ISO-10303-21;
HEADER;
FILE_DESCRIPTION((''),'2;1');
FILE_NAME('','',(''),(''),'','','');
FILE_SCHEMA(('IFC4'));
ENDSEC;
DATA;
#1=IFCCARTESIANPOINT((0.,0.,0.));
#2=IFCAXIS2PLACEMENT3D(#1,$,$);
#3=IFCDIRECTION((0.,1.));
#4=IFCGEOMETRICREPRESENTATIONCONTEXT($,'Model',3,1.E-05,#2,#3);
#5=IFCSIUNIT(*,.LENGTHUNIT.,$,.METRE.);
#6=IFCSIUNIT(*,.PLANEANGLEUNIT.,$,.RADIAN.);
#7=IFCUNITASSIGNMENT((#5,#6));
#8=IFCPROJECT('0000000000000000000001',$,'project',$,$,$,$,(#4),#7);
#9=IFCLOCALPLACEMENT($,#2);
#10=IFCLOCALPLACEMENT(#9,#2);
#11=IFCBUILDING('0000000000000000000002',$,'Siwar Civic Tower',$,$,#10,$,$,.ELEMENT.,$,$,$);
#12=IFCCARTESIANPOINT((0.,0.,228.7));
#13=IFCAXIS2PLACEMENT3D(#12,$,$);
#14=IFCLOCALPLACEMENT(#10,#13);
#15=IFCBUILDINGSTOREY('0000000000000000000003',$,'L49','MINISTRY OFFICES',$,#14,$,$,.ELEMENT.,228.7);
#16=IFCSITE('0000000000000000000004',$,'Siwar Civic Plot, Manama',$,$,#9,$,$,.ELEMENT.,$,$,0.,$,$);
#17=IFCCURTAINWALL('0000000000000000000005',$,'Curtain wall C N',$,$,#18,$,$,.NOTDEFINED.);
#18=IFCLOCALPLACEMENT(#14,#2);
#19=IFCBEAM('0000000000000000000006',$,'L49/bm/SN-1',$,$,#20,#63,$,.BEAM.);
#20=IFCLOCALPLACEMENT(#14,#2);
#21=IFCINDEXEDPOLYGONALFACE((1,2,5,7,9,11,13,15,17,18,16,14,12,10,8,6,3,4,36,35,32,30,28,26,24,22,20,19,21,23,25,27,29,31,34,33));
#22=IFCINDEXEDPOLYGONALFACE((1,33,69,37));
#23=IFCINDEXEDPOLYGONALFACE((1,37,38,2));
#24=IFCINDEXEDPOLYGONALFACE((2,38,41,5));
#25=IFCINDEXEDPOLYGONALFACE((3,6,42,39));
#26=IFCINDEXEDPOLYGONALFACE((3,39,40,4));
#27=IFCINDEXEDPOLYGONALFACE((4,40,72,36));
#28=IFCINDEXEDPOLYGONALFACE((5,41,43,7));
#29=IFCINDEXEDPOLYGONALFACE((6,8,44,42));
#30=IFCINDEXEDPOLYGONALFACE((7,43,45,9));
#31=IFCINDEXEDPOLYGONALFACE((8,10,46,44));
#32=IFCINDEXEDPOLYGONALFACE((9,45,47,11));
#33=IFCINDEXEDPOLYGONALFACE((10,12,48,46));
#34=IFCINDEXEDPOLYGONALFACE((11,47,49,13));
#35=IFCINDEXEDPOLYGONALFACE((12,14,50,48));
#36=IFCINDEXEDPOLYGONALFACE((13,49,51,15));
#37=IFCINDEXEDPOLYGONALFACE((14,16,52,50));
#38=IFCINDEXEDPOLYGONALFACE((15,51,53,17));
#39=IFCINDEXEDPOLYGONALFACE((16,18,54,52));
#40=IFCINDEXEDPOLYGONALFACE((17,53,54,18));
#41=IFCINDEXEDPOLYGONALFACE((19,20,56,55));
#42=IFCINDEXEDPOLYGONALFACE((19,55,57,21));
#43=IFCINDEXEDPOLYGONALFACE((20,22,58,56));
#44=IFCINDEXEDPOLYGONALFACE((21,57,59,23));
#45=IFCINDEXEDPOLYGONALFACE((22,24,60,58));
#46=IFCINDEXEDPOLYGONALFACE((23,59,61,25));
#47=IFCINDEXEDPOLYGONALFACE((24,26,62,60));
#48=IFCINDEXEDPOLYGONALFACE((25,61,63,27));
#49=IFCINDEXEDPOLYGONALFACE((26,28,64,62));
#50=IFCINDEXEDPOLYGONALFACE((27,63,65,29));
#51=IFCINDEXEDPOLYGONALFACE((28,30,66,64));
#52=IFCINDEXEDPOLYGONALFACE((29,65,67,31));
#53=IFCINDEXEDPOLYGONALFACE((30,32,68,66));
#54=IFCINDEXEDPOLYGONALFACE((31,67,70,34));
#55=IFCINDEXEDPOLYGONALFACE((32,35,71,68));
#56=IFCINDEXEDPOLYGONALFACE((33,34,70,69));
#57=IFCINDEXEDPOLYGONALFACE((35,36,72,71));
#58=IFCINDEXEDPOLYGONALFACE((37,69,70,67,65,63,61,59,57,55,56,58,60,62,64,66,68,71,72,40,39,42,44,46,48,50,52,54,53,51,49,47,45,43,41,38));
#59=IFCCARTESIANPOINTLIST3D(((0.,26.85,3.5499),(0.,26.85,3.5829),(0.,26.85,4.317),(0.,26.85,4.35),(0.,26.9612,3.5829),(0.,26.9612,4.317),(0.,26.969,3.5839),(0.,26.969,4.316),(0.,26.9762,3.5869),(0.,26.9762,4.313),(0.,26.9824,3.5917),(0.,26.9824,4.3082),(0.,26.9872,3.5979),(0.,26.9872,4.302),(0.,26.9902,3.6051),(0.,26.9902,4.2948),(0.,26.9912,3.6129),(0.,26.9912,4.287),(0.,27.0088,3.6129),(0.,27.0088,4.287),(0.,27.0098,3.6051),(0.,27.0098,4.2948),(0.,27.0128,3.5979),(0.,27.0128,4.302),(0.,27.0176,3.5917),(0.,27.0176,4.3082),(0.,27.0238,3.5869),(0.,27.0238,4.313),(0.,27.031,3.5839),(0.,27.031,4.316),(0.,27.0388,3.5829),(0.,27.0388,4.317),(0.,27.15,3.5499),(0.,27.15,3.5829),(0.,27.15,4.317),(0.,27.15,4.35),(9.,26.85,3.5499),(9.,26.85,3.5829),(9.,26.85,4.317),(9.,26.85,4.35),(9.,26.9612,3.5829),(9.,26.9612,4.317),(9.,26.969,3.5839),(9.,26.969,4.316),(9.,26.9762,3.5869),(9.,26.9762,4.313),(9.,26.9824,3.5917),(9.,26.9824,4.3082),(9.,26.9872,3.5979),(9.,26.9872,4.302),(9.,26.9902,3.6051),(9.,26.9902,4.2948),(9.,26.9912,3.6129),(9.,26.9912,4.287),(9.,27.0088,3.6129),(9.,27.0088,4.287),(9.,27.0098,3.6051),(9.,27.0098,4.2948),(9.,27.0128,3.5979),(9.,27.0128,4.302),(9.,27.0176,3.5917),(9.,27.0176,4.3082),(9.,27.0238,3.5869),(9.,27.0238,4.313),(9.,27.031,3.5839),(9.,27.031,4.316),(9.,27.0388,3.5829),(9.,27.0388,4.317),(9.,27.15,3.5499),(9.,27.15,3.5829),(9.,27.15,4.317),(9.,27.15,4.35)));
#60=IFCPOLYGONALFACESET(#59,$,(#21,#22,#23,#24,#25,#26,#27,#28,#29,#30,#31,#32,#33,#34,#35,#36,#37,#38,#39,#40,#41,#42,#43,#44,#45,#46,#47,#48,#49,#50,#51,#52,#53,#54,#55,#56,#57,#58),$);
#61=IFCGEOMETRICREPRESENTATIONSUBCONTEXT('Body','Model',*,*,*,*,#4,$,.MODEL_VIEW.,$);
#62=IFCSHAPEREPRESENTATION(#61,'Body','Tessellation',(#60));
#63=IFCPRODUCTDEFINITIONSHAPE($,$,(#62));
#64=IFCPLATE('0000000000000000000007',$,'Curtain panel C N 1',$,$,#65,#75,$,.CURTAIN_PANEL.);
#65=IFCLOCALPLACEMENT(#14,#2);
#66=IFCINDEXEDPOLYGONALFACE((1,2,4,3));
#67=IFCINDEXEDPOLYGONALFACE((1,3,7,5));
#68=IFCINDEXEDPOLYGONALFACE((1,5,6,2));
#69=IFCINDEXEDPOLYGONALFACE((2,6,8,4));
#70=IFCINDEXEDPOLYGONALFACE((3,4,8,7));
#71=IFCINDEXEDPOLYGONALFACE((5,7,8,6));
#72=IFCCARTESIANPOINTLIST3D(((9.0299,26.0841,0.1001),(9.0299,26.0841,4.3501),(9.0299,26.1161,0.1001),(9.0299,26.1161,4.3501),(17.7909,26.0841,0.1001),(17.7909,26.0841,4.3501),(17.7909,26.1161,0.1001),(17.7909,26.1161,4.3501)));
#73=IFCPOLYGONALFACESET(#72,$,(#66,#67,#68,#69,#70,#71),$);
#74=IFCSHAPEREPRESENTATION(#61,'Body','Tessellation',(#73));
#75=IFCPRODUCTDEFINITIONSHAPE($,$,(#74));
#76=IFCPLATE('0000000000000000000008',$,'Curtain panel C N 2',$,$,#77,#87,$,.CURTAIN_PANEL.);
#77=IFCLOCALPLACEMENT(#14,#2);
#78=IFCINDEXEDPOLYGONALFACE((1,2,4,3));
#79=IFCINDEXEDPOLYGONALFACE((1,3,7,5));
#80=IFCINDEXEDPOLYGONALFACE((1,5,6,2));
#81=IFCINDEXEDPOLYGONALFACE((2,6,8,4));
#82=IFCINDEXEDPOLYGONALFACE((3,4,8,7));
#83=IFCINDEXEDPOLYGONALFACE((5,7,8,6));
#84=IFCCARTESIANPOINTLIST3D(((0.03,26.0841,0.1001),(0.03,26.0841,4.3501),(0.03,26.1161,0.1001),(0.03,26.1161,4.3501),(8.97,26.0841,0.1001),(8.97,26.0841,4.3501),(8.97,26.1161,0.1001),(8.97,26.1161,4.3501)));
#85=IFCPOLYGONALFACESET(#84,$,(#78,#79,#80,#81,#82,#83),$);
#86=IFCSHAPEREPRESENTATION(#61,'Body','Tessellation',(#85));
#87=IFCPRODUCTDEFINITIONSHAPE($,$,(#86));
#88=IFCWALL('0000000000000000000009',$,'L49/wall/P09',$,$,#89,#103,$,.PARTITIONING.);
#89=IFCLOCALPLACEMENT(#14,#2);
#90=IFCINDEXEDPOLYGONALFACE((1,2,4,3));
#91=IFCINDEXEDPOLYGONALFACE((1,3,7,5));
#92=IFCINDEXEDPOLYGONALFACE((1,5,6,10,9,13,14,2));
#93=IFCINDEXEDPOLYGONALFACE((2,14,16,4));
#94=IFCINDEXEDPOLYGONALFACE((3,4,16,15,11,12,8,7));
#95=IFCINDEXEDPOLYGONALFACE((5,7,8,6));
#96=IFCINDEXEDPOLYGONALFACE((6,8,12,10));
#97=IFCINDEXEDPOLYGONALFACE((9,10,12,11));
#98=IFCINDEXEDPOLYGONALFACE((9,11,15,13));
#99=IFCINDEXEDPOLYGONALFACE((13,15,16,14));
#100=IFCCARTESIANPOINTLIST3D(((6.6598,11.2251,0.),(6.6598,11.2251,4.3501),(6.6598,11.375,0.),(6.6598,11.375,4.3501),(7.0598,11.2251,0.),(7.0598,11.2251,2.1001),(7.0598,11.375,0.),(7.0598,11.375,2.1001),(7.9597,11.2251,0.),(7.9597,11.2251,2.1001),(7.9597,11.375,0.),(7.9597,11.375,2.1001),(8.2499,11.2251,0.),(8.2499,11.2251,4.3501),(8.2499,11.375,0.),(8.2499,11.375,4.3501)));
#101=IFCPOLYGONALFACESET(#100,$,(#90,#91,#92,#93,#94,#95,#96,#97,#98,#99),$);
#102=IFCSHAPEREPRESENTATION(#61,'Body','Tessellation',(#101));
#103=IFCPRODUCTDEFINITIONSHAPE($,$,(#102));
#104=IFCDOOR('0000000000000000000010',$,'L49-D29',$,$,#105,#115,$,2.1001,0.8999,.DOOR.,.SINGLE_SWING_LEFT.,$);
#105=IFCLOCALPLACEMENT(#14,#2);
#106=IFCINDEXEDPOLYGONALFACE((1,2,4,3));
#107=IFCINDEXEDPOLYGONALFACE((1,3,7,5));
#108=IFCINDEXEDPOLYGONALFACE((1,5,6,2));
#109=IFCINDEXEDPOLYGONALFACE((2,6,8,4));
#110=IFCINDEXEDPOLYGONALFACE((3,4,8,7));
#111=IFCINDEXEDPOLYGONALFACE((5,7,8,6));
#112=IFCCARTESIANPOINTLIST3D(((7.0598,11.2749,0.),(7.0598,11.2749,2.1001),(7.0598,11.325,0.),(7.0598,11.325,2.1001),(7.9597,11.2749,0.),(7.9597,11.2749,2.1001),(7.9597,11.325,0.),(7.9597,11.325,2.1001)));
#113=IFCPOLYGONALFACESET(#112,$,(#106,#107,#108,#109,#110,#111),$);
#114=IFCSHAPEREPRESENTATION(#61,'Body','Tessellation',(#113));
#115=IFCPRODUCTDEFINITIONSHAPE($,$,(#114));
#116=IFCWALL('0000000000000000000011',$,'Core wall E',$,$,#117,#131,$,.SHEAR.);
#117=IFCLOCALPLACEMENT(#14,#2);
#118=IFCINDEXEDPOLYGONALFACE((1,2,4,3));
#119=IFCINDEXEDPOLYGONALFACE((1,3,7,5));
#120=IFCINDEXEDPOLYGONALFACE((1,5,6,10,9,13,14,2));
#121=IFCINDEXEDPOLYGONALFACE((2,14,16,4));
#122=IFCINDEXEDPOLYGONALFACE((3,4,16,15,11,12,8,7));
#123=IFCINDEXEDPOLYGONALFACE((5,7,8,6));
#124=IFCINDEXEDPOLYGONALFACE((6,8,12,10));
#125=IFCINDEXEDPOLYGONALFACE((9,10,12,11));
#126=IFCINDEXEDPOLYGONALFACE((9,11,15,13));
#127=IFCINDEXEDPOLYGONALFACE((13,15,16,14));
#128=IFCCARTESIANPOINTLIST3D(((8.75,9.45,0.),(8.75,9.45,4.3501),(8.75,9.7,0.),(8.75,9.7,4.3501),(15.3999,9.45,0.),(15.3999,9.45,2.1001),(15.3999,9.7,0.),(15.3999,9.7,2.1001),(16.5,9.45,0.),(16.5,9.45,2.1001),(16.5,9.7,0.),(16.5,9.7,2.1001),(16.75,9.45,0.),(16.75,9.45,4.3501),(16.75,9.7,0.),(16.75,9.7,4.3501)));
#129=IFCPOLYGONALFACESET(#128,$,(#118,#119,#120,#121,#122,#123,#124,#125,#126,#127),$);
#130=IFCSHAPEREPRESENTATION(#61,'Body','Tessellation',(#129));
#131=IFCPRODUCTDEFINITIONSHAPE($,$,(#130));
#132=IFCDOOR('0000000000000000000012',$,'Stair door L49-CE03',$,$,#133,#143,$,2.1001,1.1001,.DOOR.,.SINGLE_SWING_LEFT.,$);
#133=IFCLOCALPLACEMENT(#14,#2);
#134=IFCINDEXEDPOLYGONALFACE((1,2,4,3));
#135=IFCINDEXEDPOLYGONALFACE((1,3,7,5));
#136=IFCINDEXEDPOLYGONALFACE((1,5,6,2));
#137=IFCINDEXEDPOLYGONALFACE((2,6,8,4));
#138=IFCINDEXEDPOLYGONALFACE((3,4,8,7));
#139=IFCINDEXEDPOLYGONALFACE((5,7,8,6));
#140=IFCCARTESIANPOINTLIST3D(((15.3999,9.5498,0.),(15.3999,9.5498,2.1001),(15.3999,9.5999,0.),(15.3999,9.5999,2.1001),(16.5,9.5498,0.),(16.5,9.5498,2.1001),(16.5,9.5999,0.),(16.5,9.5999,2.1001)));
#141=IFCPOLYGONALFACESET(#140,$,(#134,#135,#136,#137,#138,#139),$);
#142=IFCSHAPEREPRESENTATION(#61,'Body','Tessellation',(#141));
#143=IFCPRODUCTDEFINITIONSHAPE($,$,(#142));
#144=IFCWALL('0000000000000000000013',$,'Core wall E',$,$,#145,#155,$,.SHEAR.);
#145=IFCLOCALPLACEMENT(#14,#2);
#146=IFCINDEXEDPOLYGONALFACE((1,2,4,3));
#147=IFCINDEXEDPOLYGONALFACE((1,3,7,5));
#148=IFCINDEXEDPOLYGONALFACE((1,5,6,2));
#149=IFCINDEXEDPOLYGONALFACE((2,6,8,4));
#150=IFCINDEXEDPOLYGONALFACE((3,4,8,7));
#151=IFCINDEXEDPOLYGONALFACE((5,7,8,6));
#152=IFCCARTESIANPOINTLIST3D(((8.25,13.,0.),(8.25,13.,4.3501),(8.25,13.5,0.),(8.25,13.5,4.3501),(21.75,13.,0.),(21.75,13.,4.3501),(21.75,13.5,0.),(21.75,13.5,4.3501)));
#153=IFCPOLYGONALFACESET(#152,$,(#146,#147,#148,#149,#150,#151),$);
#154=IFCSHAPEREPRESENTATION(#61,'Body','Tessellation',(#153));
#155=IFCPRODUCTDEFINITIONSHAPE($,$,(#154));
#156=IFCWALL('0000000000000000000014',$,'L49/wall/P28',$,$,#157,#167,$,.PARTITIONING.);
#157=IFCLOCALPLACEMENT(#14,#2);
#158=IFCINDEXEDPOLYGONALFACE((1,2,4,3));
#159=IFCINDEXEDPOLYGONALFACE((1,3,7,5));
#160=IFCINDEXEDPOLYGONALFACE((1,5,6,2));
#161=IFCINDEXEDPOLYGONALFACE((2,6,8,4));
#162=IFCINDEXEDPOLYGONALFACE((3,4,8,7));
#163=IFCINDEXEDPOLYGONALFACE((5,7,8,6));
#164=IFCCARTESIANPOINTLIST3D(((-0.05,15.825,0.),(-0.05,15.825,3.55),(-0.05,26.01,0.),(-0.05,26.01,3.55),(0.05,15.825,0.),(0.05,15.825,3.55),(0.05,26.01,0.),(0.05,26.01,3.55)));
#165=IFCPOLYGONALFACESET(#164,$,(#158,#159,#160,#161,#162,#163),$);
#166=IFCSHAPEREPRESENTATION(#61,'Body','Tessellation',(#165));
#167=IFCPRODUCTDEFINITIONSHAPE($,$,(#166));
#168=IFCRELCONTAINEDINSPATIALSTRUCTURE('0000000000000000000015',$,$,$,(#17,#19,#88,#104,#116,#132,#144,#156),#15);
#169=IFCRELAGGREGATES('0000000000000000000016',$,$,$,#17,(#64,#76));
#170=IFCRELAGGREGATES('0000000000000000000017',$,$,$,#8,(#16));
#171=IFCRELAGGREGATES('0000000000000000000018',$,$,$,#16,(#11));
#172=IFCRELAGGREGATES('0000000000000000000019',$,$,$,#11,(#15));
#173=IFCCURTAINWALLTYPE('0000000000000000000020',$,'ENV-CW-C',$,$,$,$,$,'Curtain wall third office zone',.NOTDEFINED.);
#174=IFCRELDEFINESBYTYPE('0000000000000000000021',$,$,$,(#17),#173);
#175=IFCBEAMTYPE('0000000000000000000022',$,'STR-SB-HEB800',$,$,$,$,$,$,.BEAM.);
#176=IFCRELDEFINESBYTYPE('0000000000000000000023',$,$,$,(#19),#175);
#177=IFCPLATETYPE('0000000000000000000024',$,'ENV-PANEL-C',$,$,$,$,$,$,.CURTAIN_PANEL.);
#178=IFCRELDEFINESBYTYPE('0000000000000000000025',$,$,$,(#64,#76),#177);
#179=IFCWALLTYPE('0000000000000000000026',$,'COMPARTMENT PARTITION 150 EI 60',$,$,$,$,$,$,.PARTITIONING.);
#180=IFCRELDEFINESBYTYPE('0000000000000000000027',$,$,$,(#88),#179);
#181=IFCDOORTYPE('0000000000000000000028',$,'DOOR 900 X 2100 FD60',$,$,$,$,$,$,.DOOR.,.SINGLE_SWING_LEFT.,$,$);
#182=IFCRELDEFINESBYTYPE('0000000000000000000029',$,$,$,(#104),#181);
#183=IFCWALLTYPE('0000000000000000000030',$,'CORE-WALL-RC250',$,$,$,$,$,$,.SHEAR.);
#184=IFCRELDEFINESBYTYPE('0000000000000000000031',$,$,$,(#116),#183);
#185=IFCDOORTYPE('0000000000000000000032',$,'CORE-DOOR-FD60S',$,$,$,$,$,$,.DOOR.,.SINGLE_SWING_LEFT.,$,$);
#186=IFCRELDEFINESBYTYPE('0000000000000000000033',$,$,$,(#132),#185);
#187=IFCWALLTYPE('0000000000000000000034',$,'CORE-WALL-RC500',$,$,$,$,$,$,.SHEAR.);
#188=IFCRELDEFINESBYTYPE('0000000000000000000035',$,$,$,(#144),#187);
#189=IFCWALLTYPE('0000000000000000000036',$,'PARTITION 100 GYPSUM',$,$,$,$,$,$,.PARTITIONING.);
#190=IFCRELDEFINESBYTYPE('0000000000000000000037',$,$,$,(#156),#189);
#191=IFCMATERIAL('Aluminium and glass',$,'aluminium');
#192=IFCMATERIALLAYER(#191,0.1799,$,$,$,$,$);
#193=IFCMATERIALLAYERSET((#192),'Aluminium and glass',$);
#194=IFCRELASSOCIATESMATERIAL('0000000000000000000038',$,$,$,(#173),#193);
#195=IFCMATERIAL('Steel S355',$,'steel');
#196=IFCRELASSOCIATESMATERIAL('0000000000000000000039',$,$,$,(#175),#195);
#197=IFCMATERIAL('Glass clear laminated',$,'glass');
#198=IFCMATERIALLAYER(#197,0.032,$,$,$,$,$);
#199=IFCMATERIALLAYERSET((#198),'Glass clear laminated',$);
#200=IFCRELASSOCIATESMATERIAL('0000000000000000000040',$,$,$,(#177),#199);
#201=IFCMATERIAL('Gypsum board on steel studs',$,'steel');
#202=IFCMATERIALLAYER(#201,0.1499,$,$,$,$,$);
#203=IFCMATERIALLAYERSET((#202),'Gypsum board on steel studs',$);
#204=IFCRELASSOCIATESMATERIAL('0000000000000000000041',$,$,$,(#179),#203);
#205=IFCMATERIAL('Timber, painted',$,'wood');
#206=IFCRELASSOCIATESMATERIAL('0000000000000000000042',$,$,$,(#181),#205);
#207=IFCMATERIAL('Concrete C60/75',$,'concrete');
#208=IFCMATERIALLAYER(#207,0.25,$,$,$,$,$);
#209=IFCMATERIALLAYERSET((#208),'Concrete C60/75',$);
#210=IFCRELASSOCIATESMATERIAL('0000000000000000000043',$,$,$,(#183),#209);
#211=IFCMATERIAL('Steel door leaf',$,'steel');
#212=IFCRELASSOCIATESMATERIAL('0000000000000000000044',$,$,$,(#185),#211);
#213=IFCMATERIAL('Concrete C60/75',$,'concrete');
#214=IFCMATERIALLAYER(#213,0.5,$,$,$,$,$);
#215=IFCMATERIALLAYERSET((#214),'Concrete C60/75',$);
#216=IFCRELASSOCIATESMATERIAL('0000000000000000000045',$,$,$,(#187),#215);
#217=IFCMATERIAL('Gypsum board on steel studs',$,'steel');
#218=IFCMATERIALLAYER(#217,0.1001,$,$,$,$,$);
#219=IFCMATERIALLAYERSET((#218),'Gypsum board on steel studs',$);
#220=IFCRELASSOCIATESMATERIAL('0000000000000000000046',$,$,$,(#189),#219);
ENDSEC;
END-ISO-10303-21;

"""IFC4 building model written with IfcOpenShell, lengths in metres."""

from ifc_helpers import new_model, si_unit, direction, frame, frame_2d, origin, origin_2d, place, context, subcontext, project, spatial, rectangle, i_section, extrude, material, layer, layer_set, material_profile, profile_set, type_object, element, fill, aggregate, save


model = new_model("IFC4")

# Units and contexts
model_context = context("Model", 3, precision=1e-05, world=origin(), true_north=direction((0.0, 1.0)))
body_context = subcontext(model_context, "Body", "Model", "MODEL_VIEW")
ifc_project = project(units=[si_unit("LENGTHUNIT", "METRE"), si_unit("PLANEANGLEUNIT", "RADIAN")], contexts=[model_context])

# Site, building, storey
site_placement = place(None, origin())
site = spatial("IfcSite", under=ifc_project, at=site_placement, Name="Siwar Civic Plot, Manama", CompositionType="ELEMENT", RefElevation=0.0)
building_placement = place(site_placement, origin())
building = spatial("IfcBuilding", under=site, at=building_placement, Name="Siwar Civic Tower", CompositionType="ELEMENT")
storey_placement = place(building_placement, frame((0.0, 0.0, 228.7)))
storey = spatial("IfcBuildingStorey", under=building, at=storey_placement, Name="L49", Description="MINISTRY OFFICES", CompositionType="ELEMENT", Elevation=228.7)

# Curtain wall
ifc_material_1 = material(Name="Aluminium and glass", Category="aluminium")
ifc_layer_1 = layer(ifc_material_1, 0.1799)
ifc_layer_set_1 = layer_set([ifc_layer_1], Name="Aluminium and glass")
curtain_wall_type = type_object("IfcCurtainWallType", Name="ENV-CW-C", ElementType="Curtain wall third office zone", PredefinedType="NOTDEFINED", material=ifc_layer_set_1)
curtain_wall_placement = place(storey_placement, origin())
curtain_wall = element("IfcCurtainWall", 1, at=curtain_wall_placement, inside=storey, type_object=curtain_wall_type, Name="Curtain wall C N", PredefinedType="NOTDEFINED")

# Beam
ifc_material_2 = material(Name="Steel S355", Category="steel")
ifc_material_profile_1 = material_profile(ifc_material_2, i_section(OverallWidth=0.3, OverallDepth=0.8, WebThickness=0.0176, FlangeThickness=0.033, FilletRadius=0.03, at=origin_2d()), Name="HEB800")
ifc_profile_set_1 = profile_set([ifc_material_profile_1], Name="Steel S355")
beam_type_1 = type_object("IfcBeamType", Name="STR-SB-HEB800", PredefinedType="BEAM", material=ifc_profile_set_1)
beam_1_placement = place(storey_placement, frame((9.0, 27.0, 3.95), z_axis=(-1.0, 0.0, 0.0), x_axis=(0.0, -1.0, 0.0)))
element("IfcBeam", 2, at=beam_1_placement, inside=storey, type_object=beam_type_1, Name="L49/bm/SN-1", PredefinedType="BEAM", context=body_context, shape_type="SweptSolid", body=[
    extrude(i_section(OverallWidth=0.3, OverallDepth=0.8, WebThickness=0.0176, FlangeThickness=0.033, FilletRadius=0.03, at=origin_2d()), origin(), (0.0, 0.0, 1.0), 9.0),
])

# Plates
ifc_material_3 = material(Name="Glass clear laminated", Category="glass")
ifc_layer_2 = layer(ifc_material_3, 0.032)
ifc_layer_set_2 = layer_set([ifc_layer_2], Name="Glass clear laminated")
plate_type = type_object("IfcPlateType", Name="ENV-PANEL-C", PredefinedType="CURTAIN_PANEL", material=ifc_layer_set_2)
plate_1_placement = place(storey_placement, frame((13.4104, 26.1001, 0.1001), z_axis=(0.0, 0.0, 1.0), x_axis=(-1.0, 0.0, 0.0)))
plate_1 = element("IfcPlate", 3, at=plate_1_placement, type_object=plate_type, Name="Curtain panel C N 1", PredefinedType="CURTAIN_PANEL", context=body_context, shape_type="SweptSolid", body=[
    extrude(rectangle(XDim=8.761, YDim=0.032, at=origin_2d()), origin(), (0.0, 0.0, 1.0), 4.25),
])
plate_2_placement = place(storey_placement, frame((4.5, 26.1001, 0.1001), z_axis=(0.0, 0.0, 1.0), x_axis=(-1.0, 0.0, 0.0)))
plate_2 = element("IfcPlate", 4, at=plate_2_placement, type_object=plate_type, Name="Curtain panel C N 2", PredefinedType="CURTAIN_PANEL", context=body_context, shape_type="SweptSolid", body=[
    extrude(rectangle(XDim=8.9399, YDim=0.032, at=origin_2d()), origin(), (0.0, 0.0, 1.0), 4.25),
])
aggregate(curtain_wall, [plate_1, plate_2])

# Walls, openings, doors
ifc_material_4 = material(Name="Gypsum board on steel studs", Category="steel")
ifc_layer_3 = layer(ifc_material_4, 0.1499)
ifc_layer_set_3 = layer_set([ifc_layer_3], Name="Gypsum board on steel studs")
wall_type_1 = type_object("IfcWallType", Name="COMPARTMENT PARTITION 150 EI 60", PredefinedType="PARTITIONING", material=ifc_layer_set_3)
wall_1_placement = place(storey_placement, frame((6.6599, 11.3, 0.0), z_axis=(0.0, 0.0, 1.0), x_axis=(1.0, 0.0, 0.0)))
wall_1 = element("IfcWall", 5, at=wall_1_placement, inside=storey, type_object=wall_type_1, Name="L49/wall/P09", PredefinedType="PARTITIONING", context=body_context, shape_type="SweptSolid", body=[
    extrude(rectangle(XDim=1.5901, YDim=0.1499, at=frame_2d((0.7949, 0.0))), origin(), (0.0, 0.0, 1.0), 4.3501),
])
opening_1_placement = place(wall_1_placement, frame((0.3999, 0.0, 0.0)))
opening_1 = element("IfcOpeningElement", 6, at=opening_1_placement, cuts=wall_1, PredefinedType="OPENING", context=body_context, shape_type="SweptSolid", body=[
    extrude(rectangle(XDim=0.8999, YDim=2.1001, at=frame_2d((0.45, 1.05))), frame((0.0, 0.085, 0.0), z_axis=(0.0, -1.0, 0.0), x_axis=(1.0, 0.0, 0.0)), (0.0, 0.0, 1.0), 0.1699),
])
ifc_material_5 = material(Name="Timber, painted", Category="wood")
door_type_1 = type_object("IfcDoorType", Name="DOOR 900 X 2100 FD60", OperationType="SINGLE_SWING_LEFT", PredefinedType="DOOR", material=ifc_material_5)
door_1_placement = place(opening_1_placement, origin())
door_1 = element("IfcDoor", 7, at=door_1_placement, inside=storey, type_object=door_type_1, Name="L49-D29", OperationType="SINGLE_SWING_LEFT", OverallHeight=2.1001, OverallWidth=0.8999, PredefinedType="DOOR", context=body_context, shape_type="SweptSolid", body=[
    extrude(rectangle(XDim=0.8999, YDim=2.1001, at=frame_2d((0.45, 1.05))), frame((0.0, 0.0249, 0.0), z_axis=(0.0, -1.0, 0.0), x_axis=(1.0, 0.0, 0.0)), (0.0, 0.0, 1.0), 0.05),
])
fill(opening_1, door_1)
ifc_material_6 = material(Name="Concrete C60/75", Category="concrete")
ifc_layer_4 = layer(ifc_material_6, 0.25)
ifc_layer_set_4 = layer_set([ifc_layer_4], Name="Concrete C60/75")
wall_type_2 = type_object("IfcWallType", Name="CORE-WALL-RC250", PredefinedType="SHEAR", material=ifc_layer_set_4)
wall_2_placement = place(storey_placement, frame((8.75, 9.575, 0.0), z_axis=(0.0, 0.0, 1.0), x_axis=(1.0, 0.0, 0.0)))
wall_2 = element("IfcWall", 8, at=wall_2_placement, inside=storey, type_object=wall_type_2, Name="Core wall E", PredefinedType="SHEAR", context=body_context, shape_type="SweptSolid", body=[
    extrude(rectangle(XDim=8.0, YDim=0.25, at=frame_2d((4.0, 0.0))), origin(), (0.0, 0.0, 1.0), 4.3501),
])
opening_2_placement = place(wall_2_placement, frame((6.6499, 0.0, 0.0)))
opening_2 = element("IfcOpeningElement", 9, at=opening_2_placement, cuts=wall_2, PredefinedType="OPENING", context=body_context, shape_type="SweptSolid", body=[
    extrude(rectangle(XDim=1.1001, YDim=2.1001, at=frame_2d((0.55, 1.05))), frame((0.0, 0.135, 0.0), z_axis=(0.0, -1.0, 0.0), x_axis=(1.0, 0.0, 0.0)), (0.0, 0.0, 1.0), 0.27),
])
ifc_material_7 = material(Name="Steel door leaf", Category="steel")
door_type_2 = type_object("IfcDoorType", Name="CORE-DOOR-FD60S", OperationType="SINGLE_SWING_LEFT", PredefinedType="DOOR", material=ifc_material_7)
door_2_placement = place(opening_2_placement, origin())
door_2 = element("IfcDoor", 10, at=door_2_placement, inside=storey, type_object=door_type_2, Name="Stair door L49-CE03", OperationType="SINGLE_SWING_LEFT", OverallHeight=2.1001, OverallWidth=1.1001, PredefinedType="DOOR", context=body_context, shape_type="SweptSolid", body=[
    extrude(rectangle(XDim=1.1001, YDim=2.1001, at=frame_2d((0.55, 1.05))), frame((0.0, 0.0249, 0.0), z_axis=(0.0, -1.0, 0.0), x_axis=(1.0, 0.0, 0.0)), (0.0, 0.0, 1.0), 0.05),
])
fill(opening_2, door_2)

# Walls
ifc_material_8 = material(Name="Concrete C60/75", Category="concrete")
ifc_layer_5 = layer(ifc_material_8, 0.5)
ifc_layer_set_5 = layer_set([ifc_layer_5], Name="Concrete C60/75")
wall_type_3 = type_object("IfcWallType", Name="CORE-WALL-RC500", PredefinedType="SHEAR", material=ifc_layer_set_5)
wall_3_placement = place(storey_placement, frame((8.25, 13.25, 0.0), z_axis=(0.0, 0.0, 1.0), x_axis=(1.0, 0.0, 0.0)))
element("IfcWall", 11, at=wall_3_placement, inside=storey, type_object=wall_type_3, Name="Core wall E", PredefinedType="SHEAR", context=body_context, shape_type="SweptSolid", body=[
    extrude(rectangle(XDim=13.5, YDim=0.5, at=frame_2d((6.75, 0.0))), origin(), (0.0, 0.0, 1.0), 4.3501),
])
ifc_material_9 = material(Name="Gypsum board on steel studs", Category="steel")
ifc_layer_6 = layer(ifc_material_9, 0.1001)
ifc_layer_set_6 = layer_set([ifc_layer_6], Name="Gypsum board on steel studs")
wall_type_4 = type_object("IfcWallType", Name="PARTITION 100 GYPSUM", PredefinedType="PARTITIONING", material=ifc_layer_set_6)
wall_4_placement = place(storey_placement, frame((0.0, 15.825, 0.0), z_axis=(0.0, 0.0, 1.0), x_axis=(0.0, 1.0, 0.0)))
element("IfcWall", 12, at=wall_4_placement, inside=storey, type_object=wall_type_4, Name="L49/wall/P28", PredefinedType="PARTITIONING", context=body_context, shape_type="SweptSolid", body=[
    extrude(rectangle(XDim=10.1851, YDim=0.1001, at=frame_2d((5.0925, 0.0))), origin(), (0.0, 0.0, 1.0), 3.55),
])

save(model, "model.ifc")
